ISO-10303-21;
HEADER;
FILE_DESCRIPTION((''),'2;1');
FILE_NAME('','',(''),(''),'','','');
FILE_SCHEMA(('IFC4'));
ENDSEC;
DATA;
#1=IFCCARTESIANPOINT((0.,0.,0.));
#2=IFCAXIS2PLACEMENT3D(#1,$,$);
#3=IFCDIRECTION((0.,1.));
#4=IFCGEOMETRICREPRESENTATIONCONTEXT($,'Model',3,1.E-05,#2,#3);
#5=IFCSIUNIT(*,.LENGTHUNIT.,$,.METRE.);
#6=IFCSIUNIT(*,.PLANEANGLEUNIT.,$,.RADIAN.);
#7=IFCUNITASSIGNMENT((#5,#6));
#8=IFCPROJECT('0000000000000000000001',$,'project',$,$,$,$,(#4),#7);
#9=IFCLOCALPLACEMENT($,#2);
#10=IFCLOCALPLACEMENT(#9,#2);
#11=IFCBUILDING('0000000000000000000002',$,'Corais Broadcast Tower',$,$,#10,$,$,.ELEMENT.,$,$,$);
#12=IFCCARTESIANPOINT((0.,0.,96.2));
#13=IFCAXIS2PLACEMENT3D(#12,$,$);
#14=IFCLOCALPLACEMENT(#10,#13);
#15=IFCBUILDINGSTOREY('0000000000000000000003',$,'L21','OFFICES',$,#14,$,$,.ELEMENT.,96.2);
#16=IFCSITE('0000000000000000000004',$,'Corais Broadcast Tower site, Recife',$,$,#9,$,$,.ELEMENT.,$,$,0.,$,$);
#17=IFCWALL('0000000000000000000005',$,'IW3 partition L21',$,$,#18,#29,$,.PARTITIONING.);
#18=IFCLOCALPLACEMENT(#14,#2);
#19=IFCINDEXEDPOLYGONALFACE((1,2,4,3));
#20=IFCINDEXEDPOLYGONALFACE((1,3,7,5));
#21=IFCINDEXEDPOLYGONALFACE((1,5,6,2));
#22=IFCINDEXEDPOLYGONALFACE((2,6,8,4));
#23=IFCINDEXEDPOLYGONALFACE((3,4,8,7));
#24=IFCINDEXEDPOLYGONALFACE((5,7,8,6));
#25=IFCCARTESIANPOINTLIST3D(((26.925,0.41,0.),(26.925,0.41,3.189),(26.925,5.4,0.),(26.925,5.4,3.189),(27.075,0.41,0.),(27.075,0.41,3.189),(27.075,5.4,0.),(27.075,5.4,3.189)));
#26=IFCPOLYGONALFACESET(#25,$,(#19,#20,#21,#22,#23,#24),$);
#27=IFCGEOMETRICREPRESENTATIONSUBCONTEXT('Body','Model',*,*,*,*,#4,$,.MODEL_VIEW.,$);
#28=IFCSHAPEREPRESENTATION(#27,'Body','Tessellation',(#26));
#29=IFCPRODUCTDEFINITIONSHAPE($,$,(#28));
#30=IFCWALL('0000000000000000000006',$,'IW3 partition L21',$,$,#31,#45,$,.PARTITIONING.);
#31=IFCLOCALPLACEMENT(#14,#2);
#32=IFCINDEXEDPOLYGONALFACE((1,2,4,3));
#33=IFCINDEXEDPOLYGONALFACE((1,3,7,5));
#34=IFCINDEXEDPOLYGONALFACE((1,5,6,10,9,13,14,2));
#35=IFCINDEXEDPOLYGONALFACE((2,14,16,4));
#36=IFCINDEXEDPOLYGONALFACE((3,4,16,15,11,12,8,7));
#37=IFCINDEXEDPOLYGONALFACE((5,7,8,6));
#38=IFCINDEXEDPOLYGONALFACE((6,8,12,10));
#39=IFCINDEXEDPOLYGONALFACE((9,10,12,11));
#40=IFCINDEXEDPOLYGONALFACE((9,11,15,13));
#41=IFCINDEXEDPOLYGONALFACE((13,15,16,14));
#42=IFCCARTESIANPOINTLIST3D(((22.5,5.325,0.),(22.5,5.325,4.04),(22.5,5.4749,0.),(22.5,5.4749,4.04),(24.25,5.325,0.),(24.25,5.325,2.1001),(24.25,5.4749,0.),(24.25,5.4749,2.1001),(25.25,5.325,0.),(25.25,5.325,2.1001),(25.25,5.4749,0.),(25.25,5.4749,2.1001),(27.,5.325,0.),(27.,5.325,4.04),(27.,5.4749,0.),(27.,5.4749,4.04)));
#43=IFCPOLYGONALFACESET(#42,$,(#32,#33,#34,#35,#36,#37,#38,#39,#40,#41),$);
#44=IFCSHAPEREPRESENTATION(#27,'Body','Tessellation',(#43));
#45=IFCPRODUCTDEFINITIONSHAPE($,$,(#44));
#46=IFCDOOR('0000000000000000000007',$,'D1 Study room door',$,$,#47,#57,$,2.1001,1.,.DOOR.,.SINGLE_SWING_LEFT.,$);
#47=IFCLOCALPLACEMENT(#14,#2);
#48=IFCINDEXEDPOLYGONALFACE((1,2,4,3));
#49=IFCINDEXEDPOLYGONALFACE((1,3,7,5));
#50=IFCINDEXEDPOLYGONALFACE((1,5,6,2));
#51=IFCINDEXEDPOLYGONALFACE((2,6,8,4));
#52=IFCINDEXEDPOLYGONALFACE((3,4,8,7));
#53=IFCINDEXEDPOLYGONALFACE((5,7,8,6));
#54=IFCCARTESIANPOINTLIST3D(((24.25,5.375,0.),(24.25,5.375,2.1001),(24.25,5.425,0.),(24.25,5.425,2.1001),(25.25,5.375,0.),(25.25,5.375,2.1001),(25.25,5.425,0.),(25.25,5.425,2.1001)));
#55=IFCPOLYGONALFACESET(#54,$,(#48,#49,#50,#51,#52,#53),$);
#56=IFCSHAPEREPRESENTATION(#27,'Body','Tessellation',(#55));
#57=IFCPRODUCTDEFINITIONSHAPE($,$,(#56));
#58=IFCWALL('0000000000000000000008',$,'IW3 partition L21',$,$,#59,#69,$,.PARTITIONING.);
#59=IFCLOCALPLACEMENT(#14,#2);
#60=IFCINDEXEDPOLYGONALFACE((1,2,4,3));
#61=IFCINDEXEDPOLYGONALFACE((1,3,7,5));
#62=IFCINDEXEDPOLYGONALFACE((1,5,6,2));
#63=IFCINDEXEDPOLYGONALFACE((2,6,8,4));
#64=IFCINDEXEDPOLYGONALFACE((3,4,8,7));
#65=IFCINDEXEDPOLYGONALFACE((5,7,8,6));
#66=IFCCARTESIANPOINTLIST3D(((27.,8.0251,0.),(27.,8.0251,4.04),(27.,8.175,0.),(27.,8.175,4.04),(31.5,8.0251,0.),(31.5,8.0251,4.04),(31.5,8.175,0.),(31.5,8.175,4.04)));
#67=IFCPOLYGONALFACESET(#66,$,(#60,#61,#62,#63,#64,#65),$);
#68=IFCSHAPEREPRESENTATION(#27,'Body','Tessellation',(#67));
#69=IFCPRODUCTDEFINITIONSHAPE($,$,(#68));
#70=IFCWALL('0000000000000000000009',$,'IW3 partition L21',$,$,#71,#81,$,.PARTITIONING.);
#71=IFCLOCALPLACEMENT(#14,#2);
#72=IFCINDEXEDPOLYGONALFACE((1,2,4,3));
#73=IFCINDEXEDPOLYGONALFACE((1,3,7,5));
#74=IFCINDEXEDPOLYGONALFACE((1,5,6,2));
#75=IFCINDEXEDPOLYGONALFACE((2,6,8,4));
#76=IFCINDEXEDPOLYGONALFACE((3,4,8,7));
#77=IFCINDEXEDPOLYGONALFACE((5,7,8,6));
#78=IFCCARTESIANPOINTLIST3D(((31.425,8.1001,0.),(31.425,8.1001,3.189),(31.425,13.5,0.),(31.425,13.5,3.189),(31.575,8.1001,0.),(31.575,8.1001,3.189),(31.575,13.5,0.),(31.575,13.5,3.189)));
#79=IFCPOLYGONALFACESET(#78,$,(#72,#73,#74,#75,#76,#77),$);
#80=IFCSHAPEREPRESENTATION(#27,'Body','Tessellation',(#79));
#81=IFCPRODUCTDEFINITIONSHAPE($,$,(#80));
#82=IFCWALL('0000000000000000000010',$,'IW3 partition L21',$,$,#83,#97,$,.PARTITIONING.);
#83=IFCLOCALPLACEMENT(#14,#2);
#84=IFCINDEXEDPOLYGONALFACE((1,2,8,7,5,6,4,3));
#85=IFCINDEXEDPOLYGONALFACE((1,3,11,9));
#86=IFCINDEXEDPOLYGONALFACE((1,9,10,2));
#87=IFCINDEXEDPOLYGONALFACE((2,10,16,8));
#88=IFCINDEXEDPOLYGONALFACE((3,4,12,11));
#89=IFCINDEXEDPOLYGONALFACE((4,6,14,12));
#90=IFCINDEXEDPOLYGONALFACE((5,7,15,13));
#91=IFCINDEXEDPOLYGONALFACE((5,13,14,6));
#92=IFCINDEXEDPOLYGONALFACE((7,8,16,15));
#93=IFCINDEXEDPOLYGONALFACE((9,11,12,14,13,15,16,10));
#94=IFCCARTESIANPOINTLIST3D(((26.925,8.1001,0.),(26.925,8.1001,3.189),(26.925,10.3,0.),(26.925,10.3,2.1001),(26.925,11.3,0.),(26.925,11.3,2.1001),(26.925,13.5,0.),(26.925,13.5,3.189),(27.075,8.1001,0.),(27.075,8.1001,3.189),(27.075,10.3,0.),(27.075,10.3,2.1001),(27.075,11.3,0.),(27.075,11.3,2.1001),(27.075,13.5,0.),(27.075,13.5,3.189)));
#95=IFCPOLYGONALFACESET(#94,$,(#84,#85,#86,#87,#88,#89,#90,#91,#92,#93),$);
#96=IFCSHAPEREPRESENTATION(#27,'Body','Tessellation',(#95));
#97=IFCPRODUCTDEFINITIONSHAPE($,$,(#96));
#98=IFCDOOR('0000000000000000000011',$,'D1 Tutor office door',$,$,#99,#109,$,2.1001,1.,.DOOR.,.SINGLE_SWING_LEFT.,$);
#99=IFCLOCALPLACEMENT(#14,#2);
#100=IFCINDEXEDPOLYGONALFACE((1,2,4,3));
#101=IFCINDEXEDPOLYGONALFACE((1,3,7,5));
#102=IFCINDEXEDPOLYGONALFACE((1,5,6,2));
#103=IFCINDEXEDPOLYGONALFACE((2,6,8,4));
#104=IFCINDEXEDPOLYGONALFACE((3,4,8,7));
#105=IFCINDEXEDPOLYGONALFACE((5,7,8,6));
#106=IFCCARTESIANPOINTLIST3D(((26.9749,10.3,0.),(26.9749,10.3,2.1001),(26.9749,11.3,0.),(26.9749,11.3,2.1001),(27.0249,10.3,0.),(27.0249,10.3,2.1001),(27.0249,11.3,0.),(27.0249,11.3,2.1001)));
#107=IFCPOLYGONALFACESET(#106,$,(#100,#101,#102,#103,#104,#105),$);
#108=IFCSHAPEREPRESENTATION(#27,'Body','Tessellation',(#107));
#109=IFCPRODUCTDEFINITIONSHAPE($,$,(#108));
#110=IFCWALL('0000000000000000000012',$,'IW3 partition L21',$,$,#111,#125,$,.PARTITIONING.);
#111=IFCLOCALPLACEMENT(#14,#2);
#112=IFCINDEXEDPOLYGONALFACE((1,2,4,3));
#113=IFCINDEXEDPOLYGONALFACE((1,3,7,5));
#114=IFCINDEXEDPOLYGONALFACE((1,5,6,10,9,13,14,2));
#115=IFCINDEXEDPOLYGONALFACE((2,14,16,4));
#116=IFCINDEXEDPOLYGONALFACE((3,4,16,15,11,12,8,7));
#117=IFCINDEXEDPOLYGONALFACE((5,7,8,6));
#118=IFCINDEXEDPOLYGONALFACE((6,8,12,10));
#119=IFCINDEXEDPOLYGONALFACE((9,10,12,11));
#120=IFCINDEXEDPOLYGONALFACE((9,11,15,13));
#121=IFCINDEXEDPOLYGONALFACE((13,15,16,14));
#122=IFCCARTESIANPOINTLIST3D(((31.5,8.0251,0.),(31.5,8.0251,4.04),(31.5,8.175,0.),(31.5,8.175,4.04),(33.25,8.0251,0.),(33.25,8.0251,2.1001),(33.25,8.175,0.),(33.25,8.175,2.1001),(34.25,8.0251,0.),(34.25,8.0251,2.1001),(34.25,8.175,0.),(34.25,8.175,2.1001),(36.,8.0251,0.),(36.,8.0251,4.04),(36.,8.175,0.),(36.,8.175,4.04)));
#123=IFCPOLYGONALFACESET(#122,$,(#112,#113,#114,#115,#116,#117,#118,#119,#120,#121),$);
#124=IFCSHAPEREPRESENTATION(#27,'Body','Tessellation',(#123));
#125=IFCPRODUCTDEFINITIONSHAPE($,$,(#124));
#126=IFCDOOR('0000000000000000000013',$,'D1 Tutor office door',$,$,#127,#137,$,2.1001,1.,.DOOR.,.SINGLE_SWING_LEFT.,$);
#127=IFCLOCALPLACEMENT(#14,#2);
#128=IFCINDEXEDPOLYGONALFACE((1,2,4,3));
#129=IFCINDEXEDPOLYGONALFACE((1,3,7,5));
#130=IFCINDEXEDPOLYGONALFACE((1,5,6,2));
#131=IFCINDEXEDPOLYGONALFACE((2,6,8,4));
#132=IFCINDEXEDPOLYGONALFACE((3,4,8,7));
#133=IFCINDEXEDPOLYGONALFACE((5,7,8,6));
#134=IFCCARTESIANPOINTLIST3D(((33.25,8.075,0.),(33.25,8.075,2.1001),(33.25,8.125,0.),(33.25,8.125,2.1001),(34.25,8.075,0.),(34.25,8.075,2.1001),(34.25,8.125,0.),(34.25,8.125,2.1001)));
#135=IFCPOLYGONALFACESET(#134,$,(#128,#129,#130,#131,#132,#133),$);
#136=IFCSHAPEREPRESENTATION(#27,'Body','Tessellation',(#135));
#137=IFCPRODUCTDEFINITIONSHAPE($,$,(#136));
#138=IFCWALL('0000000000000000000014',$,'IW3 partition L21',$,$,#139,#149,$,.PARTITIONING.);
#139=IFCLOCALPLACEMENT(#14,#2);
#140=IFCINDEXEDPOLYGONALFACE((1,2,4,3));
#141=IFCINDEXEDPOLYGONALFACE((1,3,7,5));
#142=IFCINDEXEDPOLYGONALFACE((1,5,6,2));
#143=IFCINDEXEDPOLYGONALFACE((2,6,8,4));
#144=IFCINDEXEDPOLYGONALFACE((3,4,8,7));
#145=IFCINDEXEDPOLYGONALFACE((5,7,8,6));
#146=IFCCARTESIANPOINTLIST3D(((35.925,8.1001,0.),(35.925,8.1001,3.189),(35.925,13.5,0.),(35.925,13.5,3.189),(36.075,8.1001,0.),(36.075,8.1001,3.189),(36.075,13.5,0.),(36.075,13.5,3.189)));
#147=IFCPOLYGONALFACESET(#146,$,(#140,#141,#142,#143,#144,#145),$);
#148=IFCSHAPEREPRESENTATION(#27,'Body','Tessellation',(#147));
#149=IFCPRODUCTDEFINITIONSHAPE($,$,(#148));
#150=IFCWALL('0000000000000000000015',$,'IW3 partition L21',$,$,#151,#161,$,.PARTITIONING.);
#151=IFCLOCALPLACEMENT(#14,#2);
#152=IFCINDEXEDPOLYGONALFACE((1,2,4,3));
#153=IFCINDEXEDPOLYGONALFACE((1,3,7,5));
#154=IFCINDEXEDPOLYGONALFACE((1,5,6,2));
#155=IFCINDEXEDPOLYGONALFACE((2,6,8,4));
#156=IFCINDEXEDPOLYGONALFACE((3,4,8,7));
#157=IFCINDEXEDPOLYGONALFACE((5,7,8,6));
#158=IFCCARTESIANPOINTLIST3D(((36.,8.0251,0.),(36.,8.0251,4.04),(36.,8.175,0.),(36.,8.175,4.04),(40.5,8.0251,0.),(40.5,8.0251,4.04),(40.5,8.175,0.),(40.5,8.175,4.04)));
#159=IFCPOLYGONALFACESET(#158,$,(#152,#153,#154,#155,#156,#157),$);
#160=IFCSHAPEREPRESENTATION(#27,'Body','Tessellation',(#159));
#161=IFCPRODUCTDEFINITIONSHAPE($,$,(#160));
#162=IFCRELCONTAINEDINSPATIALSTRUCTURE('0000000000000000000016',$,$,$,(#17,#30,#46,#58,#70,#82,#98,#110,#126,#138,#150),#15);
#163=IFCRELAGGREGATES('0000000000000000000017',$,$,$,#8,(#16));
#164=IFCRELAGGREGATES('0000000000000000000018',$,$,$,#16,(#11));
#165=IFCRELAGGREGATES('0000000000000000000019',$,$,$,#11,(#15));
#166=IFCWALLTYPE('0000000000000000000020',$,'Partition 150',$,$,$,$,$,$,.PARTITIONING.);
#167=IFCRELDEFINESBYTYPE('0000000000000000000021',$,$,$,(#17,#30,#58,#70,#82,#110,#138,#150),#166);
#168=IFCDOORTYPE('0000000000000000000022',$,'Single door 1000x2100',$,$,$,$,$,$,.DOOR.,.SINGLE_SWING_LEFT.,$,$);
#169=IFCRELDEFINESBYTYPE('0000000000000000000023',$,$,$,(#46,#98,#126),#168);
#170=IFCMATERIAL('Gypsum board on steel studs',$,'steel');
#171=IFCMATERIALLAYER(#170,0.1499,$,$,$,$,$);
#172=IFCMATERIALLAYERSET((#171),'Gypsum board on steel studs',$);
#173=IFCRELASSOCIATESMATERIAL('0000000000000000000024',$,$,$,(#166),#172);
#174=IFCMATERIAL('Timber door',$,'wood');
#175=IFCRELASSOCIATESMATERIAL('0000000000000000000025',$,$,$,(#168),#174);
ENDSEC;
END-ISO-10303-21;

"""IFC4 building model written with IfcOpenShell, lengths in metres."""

from ifc_helpers import new_model, si_unit, direction, frame, frame_2d, origin, place, context, subcontext, project, spatial, rectangle, extrude, material, layer, layer_set, type_object, element, fill, save


model = new_model("IFC4")

# Units and contexts
model_context = context("Model", 3, precision=1e-05, world=origin(), true_north=direction((0.0, 1.0)))
body_context = subcontext(model_context, "Body", "Model", "MODEL_VIEW")
ifc_project = project(units=[si_unit("LENGTHUNIT", "METRE"), si_unit("PLANEANGLEUNIT", "RADIAN")], contexts=[model_context])

# Site, building, storey
site_placement = place(None, origin())
site = spatial("IfcSite", under=ifc_project, at=site_placement, Name="Corais Broadcast Tower site, Recife", CompositionType="ELEMENT", RefElevation=0.0)
building_placement = place(site_placement, origin())
building = spatial("IfcBuilding", under=site, at=building_placement, Name="Corais Broadcast Tower", CompositionType="ELEMENT")
storey_placement = place(building_placement, frame((0.0, 0.0, 96.2)))
storey = spatial("IfcBuildingStorey", under=building, at=storey_placement, Name="L21", Description="OFFICES", CompositionType="ELEMENT", Elevation=96.2)

# Wall
ifc_material_1 = material(Name="Gypsum board on steel studs", Category="steel")
ifc_layer_1 = layer(ifc_material_1, 0.1499)
ifc_layer_set_1 = layer_set([ifc_layer_1], Name="Gypsum board on steel studs")
wall_type_1 = type_object("IfcWallType", Name="Partition 150", PredefinedType="PARTITIONING", material=ifc_layer_set_1)
wall_1_placement = place(storey_placement, frame((27.0, 0.4099, 0.0), z_axis=(0.0, 0.0, 1.0), x_axis=(0.0, 1.0, 0.0)))
element("IfcWall", 1, at=wall_1_placement, inside=storey, type_object=wall_type_1, Name="IW3 partition L21", PredefinedType="PARTITIONING", context=body_context, shape_type="SweptSolid", body=[
    extrude(rectangle(XDim=4.99, YDim=0.1499, at=frame_2d((2.4951, 0.0))), origin(), (0.0, 0.0, 1.0), 3.189),
])

# Wall, opening, door
wall_2_placement = place(storey_placement, frame((27.0, 5.3999, 0.0), z_axis=(0.0, 0.0, 1.0), x_axis=(-1.0, 0.0, 0.0)))
wall_2 = element("IfcWall", 2, at=wall_2_placement, inside=storey, type_object=wall_type_1, Name="IW3 partition L21", PredefinedType="PARTITIONING", context=body_context, shape_type="SweptSolid", body=[
    extrude(rectangle(XDim=4.5, YDim=0.1499, at=frame_2d((2.25, 0.0))), origin(), (0.0, 0.0, 1.0), 4.04),
])
opening_1_placement = place(wall_2_placement, frame((1.75, 0.0, 0.0)))
opening_1 = element("IfcOpeningElement", 3, at=opening_1_placement, cuts=wall_2, PredefinedType="OPENING", context=body_context, shape_type="SweptSolid", body=[
    extrude(rectangle(XDim=1.0, YDim=2.1001, at=frame_2d((0.5, 1.05))), frame((0.0, 0.085, 0.0), z_axis=(0.0, -1.0, 0.0), x_axis=(1.0, 0.0, 0.0)), (0.0, 0.0, 1.0), 0.1699),
])
ifc_material_2 = material(Name="Timber door", Category="wood")
door_type = type_object("IfcDoorType", Name="Single door 1000x2100", OperationType="SINGLE_SWING_LEFT", PredefinedType="DOOR", material=ifc_material_2)
door_1_placement = place(opening_1_placement, origin())
door_1 = element("IfcDoor", 4, at=door_1_placement, inside=storey, type_object=door_type, Name="D1 Study room door", OperationType="SINGLE_SWING_LEFT", OverallHeight=2.1001, OverallWidth=1.0, PredefinedType="DOOR", context=body_context, shape_type="SweptSolid", body=[
    extrude(rectangle(XDim=1.0, YDim=2.1001, at=frame_2d((0.5, 1.05))), frame((0.0, 0.0249, 0.0), z_axis=(0.0, -1.0, 0.0), x_axis=(1.0, 0.0, 0.0)), (0.0, 0.0, 1.0), 0.05),
])
fill(opening_1, door_1)

# Walls
wall_3_placement = place(storey_placement, frame((27.0, 8.1001, 0.0), z_axis=(0.0, 0.0, 1.0), x_axis=(1.0, 0.0, 0.0)))
element("IfcWall", 5, at=wall_3_placement, inside=storey, type_object=wall_type_1, Name="IW3 partition L21", PredefinedType="PARTITIONING", context=body_context, shape_type="SweptSolid", body=[
    extrude(rectangle(XDim=4.5, YDim=0.1499, at=frame_2d((2.25, 0.0))), origin(), (0.0, 0.0, 1.0), 4.04),
])
wall_4_placement = place(storey_placement, frame((31.5, 8.1001, 0.0), z_axis=(0.0, 0.0, 1.0), x_axis=(0.0, 1.0, 0.0)))
element("IfcWall", 6, at=wall_4_placement, inside=storey, type_object=wall_type_1, Name="IW3 partition L21", PredefinedType="PARTITIONING", context=body_context, shape_type="SweptSolid", body=[
    extrude(rectangle(XDim=5.3999, YDim=0.1499, at=frame_2d((2.7, 0.0))), origin(), (0.0, 0.0, 1.0), 3.189),
])

# Walls, openings, doors
wall_5_placement = place(storey_placement, frame((27.0, 13.5, 0.0), z_axis=(0.0, 0.0, 1.0), x_axis=(0.0, -1.0, 0.0)))
wall_5 = element("IfcWall", 7, at=wall_5_placement, inside=storey, type_object=wall_type_1, Name="IW3 partition L21", PredefinedType="PARTITIONING", context=body_context, shape_type="SweptSolid", body=[
    extrude(rectangle(XDim=5.3999, YDim=0.1499, at=frame_2d((2.7, 0.0))), origin(), (0.0, 0.0, 1.0), 3.189),
])
opening_2_placement = place(wall_5_placement, frame((2.2, 0.0, 0.0)))
opening_2 = element("IfcOpeningElement", 8, at=opening_2_placement, cuts=wall_5, PredefinedType="OPENING", context=body_context, shape_type="SweptSolid", body=[
    extrude(rectangle(XDim=1.0, YDim=2.1001, at=frame_2d((0.5, 1.05))), frame((0.0, 0.085, 0.0), z_axis=(0.0, -1.0, 0.0), x_axis=(1.0, 0.0, 0.0)), (0.0, 0.0, 1.0), 0.1699),
])
door_2_placement = place(opening_2_placement, origin())
door_2 = element("IfcDoor", 9, at=door_2_placement, inside=storey, type_object=door_type, Name="D1 Tutor office door", OperationType="SINGLE_SWING_LEFT", OverallHeight=2.1001, OverallWidth=1.0, PredefinedType="DOOR", context=body_context, shape_type="SweptSolid", body=[
    extrude(rectangle(XDim=1.0, YDim=2.1001, at=frame_2d((0.5, 1.05))), frame((0.0, 0.0249, 0.0), z_axis=(0.0, -1.0, 0.0), x_axis=(1.0, 0.0, 0.0)), (0.0, 0.0, 1.0), 0.05),
])
fill(opening_2, door_2)
wall_6_placement = place(storey_placement, frame((31.5, 8.1001, 0.0), z_axis=(0.0, 0.0, 1.0), x_axis=(1.0, 0.0, 0.0)))
wall_6 = element("IfcWall", 10, at=wall_6_placement, inside=storey, type_object=wall_type_1, Name="IW3 partition L21", PredefinedType="PARTITIONING", context=body_context, shape_type="SweptSolid", body=[
    extrude(rectangle(XDim=4.5, YDim=0.1499, at=frame_2d((2.25, 0.0))), origin(), (0.0, 0.0, 1.0), 4.04),
])
opening_3_placement = place(wall_6_placement, frame((1.75, 0.0, 0.0)))
opening_3 = element("IfcOpeningElement", 11, at=opening_3_placement, cuts=wall_6, PredefinedType="OPENING", context=body_context, shape_type="SweptSolid", body=[
    extrude(rectangle(XDim=1.0, YDim=2.1001, at=frame_2d((0.5, 1.05))), frame((0.0, 0.085, 0.0), z_axis=(0.0, -1.0, 0.0), x_axis=(1.0, 0.0, 0.0)), (0.0, 0.0, 1.0), 0.1699),
])
door_3_placement = place(opening_3_placement, origin())
door_3 = element("IfcDoor", 12, at=door_3_placement, inside=storey, type_object=door_type, Name="D1 Tutor office door", OperationType="SINGLE_SWING_LEFT", OverallHeight=2.1001, OverallWidth=1.0, PredefinedType="DOOR", context=body_context, shape_type="SweptSolid", body=[
    extrude(rectangle(XDim=1.0, YDim=2.1001, at=frame_2d((0.5, 1.05))), frame((0.0, 0.0249, 0.0), z_axis=(0.0, -1.0, 0.0), x_axis=(1.0, 0.0, 0.0)), (0.0, 0.0, 1.0), 0.05),
])
fill(opening_3, door_3)

# Walls
wall_7_placement = place(storey_placement, frame((36.0, 8.1001, 0.0), z_axis=(0.0, 0.0, 1.0), x_axis=(0.0, 1.0, 0.0)))
element("IfcWall", 13, at=wall_7_placement, inside=storey, type_object=wall_type_1, Name="IW3 partition L21", PredefinedType="PARTITIONING", context=body_context, shape_type="SweptSolid", body=[
    extrude(rectangle(XDim=5.3999, YDim=0.1499, at=frame_2d((2.7, 0.0))), origin(), (0.0, 0.0, 1.0), 3.189),
])
wall_8_placement = place(storey_placement, frame((36.0, 8.1001, 0.0), z_axis=(0.0, 0.0, 1.0), x_axis=(1.0, 0.0, 0.0)))
element("IfcWall", 14, at=wall_8_placement, inside=storey, type_object=wall_type_1, Name="IW3 partition L21", PredefinedType="PARTITIONING", context=body_context, shape_type="SweptSolid", body=[
    extrude(rectangle(XDim=4.5, YDim=0.1499, at=frame_2d((2.25, 0.0))), origin(), (0.0, 0.0, 1.0), 4.04),
])

save(model, "model.ifc")
